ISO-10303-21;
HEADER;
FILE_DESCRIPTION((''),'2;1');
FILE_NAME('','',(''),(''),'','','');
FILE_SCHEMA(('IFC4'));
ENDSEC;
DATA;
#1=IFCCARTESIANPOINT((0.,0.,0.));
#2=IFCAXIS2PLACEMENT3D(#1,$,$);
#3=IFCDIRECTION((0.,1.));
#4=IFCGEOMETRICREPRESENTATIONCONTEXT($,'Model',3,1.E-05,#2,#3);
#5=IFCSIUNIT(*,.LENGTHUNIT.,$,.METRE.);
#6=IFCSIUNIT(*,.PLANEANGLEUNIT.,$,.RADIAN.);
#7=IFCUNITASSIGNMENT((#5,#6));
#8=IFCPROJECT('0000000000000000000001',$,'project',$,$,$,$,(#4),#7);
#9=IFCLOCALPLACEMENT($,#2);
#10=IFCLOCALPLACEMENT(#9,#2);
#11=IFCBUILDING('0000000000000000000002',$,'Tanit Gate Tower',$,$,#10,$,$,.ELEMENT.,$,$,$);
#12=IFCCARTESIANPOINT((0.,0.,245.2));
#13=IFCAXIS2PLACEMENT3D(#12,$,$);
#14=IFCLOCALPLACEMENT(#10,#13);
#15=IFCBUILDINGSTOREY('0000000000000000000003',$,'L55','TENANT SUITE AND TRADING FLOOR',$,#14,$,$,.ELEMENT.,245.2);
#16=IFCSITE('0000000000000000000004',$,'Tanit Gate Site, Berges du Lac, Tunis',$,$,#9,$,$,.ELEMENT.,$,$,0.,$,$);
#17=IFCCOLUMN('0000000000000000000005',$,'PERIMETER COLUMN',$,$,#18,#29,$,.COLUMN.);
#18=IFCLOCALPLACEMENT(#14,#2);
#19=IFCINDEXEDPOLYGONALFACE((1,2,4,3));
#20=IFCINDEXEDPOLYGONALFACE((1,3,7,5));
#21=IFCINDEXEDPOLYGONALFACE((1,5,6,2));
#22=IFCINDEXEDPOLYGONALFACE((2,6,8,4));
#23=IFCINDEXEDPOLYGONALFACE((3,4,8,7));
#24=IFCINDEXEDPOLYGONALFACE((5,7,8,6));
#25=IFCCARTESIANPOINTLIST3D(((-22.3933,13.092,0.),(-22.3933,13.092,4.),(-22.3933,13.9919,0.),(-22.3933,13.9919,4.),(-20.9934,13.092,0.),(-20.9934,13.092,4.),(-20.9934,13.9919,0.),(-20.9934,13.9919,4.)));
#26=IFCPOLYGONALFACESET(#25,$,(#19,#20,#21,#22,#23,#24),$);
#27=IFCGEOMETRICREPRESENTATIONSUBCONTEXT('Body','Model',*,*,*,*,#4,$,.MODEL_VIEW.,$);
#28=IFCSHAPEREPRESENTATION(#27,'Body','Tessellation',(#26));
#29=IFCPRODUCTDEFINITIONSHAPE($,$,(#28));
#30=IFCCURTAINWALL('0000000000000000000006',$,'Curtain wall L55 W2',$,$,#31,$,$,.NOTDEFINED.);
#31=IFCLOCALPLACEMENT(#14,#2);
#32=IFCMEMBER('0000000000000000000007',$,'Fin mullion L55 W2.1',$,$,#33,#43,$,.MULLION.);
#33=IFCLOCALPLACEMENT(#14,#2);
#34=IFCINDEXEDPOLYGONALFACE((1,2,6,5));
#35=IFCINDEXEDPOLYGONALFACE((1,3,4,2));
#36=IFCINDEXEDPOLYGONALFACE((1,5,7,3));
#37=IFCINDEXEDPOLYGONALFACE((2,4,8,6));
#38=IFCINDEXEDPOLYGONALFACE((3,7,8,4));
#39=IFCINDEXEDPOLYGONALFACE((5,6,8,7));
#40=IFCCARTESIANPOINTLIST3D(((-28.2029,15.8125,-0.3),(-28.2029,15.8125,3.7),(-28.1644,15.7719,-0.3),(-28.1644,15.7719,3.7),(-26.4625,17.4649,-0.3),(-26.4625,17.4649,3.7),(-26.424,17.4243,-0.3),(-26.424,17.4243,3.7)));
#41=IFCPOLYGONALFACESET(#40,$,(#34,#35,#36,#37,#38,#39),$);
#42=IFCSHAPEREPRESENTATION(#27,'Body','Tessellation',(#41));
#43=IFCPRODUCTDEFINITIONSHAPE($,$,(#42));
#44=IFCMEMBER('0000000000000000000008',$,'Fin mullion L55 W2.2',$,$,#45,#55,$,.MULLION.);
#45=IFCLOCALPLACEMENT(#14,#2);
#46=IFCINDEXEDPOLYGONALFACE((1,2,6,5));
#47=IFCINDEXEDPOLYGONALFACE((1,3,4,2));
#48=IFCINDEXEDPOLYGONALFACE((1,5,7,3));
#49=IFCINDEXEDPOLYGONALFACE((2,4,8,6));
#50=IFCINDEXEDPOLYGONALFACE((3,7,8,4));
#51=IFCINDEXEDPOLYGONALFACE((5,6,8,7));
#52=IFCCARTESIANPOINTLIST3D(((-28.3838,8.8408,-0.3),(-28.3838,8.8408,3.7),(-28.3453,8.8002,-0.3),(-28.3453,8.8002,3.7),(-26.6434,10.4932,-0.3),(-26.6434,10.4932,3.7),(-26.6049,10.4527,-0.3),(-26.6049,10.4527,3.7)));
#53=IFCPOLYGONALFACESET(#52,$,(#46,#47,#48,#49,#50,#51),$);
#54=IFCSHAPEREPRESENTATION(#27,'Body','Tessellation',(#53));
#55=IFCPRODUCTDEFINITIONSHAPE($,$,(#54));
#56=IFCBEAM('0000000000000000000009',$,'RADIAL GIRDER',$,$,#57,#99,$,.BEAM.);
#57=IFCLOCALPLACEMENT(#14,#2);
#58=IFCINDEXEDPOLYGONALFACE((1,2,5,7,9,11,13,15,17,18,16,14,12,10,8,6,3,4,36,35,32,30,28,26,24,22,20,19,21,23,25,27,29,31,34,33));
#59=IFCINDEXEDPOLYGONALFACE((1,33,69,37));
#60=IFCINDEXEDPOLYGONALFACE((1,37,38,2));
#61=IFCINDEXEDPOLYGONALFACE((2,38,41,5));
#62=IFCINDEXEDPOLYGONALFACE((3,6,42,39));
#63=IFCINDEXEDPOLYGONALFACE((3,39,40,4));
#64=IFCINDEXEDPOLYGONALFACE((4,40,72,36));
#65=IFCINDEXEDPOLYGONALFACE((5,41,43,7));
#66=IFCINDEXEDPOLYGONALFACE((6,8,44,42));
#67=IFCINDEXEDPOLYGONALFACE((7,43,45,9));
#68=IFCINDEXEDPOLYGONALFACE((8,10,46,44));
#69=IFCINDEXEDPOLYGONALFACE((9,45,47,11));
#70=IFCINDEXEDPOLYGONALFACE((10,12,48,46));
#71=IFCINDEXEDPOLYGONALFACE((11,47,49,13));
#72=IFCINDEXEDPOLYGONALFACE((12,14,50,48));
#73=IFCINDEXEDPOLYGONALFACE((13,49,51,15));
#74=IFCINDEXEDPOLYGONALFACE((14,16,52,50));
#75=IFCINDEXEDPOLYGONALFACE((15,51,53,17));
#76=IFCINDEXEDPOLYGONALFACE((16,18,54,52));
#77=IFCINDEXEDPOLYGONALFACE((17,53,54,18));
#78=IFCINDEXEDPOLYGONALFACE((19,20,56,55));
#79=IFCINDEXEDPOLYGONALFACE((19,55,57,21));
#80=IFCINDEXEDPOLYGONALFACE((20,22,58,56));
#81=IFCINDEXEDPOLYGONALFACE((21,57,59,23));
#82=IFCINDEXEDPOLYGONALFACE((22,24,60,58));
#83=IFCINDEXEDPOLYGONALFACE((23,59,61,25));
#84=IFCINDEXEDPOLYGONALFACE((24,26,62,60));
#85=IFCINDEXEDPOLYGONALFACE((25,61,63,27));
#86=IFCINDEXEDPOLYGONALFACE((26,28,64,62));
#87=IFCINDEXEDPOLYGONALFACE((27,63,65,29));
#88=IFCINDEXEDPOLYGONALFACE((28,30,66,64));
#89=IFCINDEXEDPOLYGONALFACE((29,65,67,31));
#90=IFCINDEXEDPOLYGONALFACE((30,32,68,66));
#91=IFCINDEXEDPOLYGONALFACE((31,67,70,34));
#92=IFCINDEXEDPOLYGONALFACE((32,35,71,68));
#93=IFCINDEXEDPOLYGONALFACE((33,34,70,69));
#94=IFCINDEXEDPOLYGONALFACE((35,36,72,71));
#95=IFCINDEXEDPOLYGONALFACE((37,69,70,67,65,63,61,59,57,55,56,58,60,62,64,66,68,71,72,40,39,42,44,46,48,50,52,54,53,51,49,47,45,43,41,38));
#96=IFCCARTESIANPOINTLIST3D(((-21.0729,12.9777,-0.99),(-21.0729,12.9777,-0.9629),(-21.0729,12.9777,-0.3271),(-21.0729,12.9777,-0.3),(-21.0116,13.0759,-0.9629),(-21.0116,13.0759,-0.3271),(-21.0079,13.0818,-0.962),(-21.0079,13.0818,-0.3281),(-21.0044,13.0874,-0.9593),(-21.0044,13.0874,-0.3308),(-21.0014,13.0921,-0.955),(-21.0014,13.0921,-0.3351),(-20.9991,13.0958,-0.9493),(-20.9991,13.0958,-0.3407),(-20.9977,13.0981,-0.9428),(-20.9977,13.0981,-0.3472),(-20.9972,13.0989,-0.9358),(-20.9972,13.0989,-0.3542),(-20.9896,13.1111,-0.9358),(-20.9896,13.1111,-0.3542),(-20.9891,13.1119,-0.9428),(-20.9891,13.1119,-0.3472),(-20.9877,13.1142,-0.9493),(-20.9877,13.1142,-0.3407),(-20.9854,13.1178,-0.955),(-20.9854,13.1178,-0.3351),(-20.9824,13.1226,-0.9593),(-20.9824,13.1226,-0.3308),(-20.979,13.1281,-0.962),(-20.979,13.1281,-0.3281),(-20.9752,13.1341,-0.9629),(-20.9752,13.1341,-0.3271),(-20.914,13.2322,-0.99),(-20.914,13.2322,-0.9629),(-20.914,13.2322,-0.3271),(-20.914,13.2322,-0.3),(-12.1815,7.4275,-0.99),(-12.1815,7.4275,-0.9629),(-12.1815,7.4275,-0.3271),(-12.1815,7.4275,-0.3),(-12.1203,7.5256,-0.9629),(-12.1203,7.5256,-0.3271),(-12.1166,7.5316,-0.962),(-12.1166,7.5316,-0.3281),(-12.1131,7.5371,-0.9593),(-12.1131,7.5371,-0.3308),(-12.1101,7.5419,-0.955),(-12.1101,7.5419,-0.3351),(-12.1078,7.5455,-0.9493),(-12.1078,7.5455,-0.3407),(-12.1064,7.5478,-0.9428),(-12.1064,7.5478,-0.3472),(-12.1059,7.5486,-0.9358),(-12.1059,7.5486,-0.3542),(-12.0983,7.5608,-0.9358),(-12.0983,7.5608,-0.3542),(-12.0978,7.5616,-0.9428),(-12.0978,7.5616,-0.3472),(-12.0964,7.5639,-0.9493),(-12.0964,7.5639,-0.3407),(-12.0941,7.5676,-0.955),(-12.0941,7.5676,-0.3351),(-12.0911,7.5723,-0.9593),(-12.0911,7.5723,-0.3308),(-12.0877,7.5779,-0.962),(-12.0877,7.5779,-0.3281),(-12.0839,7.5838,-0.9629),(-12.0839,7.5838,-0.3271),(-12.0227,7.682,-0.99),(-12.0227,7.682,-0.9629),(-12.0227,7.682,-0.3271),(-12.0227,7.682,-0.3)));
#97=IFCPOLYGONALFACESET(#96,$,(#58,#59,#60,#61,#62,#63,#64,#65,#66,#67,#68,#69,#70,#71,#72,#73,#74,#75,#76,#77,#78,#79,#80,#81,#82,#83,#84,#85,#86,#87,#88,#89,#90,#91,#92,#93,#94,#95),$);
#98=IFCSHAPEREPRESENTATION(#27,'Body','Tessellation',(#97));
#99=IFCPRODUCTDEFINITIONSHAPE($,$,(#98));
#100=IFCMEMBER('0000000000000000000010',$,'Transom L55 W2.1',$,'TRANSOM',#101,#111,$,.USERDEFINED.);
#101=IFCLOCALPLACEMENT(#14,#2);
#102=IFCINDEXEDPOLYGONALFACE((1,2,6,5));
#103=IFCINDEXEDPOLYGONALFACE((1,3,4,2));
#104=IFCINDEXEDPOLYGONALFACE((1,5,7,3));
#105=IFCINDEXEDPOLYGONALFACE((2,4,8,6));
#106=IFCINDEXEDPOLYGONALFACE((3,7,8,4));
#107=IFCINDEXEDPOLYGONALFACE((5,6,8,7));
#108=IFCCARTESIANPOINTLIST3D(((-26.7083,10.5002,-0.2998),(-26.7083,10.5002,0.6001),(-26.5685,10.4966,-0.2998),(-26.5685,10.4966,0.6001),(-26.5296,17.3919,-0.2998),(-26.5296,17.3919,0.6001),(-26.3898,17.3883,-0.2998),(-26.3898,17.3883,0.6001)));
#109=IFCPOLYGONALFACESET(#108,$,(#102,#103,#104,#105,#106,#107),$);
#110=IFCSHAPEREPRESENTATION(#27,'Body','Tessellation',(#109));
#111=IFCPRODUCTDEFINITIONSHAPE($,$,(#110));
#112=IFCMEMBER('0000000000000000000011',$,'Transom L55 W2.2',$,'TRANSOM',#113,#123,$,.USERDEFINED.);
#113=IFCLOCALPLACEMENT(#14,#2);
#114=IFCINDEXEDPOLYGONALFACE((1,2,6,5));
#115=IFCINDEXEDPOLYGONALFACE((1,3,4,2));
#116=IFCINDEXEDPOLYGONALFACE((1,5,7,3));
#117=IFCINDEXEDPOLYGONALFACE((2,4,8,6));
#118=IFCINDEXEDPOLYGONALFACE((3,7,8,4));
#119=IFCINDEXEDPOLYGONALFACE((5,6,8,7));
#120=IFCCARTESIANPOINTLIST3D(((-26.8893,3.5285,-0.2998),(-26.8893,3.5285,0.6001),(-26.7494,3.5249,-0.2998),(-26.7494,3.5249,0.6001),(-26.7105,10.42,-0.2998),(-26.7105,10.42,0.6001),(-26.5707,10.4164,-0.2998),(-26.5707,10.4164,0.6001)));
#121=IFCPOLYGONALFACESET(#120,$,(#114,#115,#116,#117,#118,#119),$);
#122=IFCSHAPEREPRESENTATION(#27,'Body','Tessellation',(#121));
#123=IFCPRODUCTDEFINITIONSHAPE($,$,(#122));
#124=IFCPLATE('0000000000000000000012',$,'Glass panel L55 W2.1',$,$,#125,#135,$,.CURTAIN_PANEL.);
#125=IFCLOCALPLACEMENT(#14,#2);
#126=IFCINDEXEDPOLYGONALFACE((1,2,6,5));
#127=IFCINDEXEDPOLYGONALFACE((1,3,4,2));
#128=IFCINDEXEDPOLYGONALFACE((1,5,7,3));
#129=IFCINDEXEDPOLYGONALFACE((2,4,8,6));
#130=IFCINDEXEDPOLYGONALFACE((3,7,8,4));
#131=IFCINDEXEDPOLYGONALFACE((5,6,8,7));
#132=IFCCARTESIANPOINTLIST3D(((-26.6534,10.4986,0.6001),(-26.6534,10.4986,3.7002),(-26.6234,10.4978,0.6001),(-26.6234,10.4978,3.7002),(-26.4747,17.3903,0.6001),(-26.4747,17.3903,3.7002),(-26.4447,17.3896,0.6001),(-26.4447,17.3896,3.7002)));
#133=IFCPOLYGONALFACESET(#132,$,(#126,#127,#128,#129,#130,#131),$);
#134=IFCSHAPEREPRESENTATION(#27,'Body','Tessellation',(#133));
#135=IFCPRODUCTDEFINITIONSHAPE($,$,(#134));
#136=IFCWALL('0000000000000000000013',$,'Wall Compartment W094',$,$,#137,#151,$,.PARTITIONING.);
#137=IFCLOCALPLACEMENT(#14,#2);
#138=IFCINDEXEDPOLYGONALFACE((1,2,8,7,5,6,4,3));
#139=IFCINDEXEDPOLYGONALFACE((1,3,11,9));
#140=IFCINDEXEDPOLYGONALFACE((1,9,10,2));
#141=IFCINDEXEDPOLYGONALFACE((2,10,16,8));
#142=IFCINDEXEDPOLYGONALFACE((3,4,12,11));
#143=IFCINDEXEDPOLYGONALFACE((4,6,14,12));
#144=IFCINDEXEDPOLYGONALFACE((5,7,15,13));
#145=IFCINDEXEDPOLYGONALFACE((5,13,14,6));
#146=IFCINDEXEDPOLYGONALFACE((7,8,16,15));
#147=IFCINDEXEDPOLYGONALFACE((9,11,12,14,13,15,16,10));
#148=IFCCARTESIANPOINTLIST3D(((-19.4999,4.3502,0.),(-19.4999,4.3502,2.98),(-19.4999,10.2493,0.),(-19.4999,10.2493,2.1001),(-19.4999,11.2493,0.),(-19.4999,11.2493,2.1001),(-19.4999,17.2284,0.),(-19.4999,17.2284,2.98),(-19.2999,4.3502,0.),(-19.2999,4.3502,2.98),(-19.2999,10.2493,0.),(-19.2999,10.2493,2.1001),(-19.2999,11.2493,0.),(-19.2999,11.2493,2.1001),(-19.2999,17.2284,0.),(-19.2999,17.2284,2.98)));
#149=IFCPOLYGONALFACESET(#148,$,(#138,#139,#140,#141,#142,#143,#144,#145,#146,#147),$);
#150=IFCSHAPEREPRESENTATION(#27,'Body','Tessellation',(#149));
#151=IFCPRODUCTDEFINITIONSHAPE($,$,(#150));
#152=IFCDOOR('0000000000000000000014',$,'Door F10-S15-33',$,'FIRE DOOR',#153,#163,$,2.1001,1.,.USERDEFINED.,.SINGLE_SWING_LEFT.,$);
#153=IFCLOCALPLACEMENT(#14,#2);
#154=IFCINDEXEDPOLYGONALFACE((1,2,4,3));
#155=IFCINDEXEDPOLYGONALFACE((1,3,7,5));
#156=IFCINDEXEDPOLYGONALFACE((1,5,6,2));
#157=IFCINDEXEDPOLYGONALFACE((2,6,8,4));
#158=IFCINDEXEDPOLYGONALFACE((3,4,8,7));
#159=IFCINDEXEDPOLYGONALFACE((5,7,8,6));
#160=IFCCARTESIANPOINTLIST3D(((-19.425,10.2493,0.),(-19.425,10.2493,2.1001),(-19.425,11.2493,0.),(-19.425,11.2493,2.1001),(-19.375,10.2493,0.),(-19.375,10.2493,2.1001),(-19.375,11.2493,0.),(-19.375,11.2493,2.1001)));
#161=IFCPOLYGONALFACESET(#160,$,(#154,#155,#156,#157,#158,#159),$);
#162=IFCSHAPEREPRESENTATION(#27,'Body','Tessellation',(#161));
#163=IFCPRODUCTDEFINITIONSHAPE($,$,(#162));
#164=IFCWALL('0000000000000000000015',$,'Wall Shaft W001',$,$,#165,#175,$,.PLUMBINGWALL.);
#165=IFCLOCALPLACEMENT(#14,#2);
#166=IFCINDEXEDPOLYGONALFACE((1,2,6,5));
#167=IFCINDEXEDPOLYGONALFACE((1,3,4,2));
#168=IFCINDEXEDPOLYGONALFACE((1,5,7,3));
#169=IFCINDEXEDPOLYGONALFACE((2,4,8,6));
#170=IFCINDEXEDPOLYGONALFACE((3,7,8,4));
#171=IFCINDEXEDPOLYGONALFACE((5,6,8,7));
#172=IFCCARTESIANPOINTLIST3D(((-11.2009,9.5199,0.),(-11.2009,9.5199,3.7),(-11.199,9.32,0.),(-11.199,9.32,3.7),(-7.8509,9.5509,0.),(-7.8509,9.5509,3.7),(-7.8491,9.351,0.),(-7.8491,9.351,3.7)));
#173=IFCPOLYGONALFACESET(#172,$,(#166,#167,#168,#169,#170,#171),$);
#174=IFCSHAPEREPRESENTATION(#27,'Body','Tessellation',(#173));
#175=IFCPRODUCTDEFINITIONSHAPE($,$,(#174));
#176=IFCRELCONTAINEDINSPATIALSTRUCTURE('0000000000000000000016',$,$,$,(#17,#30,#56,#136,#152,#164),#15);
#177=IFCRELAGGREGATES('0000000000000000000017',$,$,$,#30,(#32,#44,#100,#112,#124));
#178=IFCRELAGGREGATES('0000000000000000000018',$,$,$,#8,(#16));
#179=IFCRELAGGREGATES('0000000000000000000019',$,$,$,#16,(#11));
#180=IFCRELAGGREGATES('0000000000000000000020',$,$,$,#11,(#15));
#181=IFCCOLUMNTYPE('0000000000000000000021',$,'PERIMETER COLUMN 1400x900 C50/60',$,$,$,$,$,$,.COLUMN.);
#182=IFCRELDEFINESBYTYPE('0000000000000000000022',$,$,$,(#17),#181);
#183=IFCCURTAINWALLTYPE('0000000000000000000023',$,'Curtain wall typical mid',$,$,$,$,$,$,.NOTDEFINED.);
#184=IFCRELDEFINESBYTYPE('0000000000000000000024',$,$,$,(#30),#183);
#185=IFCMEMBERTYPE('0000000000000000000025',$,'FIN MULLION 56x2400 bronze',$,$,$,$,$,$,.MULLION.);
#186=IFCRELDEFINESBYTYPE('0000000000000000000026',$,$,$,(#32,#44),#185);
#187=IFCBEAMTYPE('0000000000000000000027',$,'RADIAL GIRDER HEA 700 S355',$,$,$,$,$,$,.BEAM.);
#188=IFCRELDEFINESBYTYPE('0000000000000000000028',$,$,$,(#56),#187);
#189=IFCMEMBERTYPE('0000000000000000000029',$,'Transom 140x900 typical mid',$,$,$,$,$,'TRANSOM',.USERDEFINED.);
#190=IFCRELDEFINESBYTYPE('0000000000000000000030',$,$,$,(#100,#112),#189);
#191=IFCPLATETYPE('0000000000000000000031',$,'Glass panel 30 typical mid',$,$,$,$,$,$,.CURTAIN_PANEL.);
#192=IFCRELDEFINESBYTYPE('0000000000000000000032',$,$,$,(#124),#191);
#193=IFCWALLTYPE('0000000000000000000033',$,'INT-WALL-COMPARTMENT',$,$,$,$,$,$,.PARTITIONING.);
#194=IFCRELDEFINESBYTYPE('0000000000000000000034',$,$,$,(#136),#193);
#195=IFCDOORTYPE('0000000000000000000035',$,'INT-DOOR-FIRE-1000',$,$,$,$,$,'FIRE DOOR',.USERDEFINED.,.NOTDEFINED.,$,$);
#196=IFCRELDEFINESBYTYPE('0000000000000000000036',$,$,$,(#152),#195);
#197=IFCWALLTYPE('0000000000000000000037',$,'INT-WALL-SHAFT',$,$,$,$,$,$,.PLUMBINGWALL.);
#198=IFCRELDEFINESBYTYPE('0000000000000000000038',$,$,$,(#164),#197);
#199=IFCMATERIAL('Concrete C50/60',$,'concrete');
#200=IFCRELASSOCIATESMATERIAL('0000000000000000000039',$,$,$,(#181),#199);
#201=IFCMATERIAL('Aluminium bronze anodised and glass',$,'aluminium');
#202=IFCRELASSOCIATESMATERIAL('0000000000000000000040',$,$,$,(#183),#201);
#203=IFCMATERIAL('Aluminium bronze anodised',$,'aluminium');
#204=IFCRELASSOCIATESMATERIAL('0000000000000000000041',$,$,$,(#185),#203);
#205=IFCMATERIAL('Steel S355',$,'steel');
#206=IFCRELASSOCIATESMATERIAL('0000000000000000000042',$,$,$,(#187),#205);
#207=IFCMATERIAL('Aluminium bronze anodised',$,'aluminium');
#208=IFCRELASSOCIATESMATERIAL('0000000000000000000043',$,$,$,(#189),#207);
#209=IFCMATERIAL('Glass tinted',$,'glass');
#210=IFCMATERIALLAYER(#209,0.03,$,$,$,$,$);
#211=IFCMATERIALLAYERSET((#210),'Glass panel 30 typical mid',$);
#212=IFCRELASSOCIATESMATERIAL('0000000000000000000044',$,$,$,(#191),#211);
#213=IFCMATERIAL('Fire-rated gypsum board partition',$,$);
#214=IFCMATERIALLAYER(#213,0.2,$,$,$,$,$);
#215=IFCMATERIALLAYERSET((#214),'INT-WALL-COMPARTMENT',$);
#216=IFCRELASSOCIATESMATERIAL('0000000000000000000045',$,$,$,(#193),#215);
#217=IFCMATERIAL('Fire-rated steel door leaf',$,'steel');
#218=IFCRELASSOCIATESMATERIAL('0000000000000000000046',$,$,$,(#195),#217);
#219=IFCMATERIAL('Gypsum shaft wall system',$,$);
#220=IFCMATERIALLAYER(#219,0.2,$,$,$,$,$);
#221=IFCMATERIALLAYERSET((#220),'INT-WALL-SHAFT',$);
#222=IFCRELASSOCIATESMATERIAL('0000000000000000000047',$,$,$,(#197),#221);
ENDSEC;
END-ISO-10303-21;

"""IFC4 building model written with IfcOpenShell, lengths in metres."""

from ifc_helpers import new_model, si_unit, direction, frame, frame_2d, origin, origin_2d, place, context, subcontext, project, spatial, rectangle, i_section, extrude, material, layer, layer_set, material_profile, profile_set, type_object, element, fill, aggregate, save


model = new_model("IFC4")

# Units and contexts
model_context = context("Model", 3, precision=1e-05, world=origin(), true_north=direction((0.0, 1.0)))
body_context = subcontext(model_context, "Body", "Model", "MODEL_VIEW")
ifc_project = project(units=[si_unit("LENGTHUNIT", "METRE"), si_unit("PLANEANGLEUNIT", "RADIAN")], contexts=[model_context])

# Site, building, storey
site_placement = place(None, origin())
site = spatial("IfcSite", under=ifc_project, at=site_placement, Name="Tanit Gate Site, Berges du Lac, Tunis", CompositionType="ELEMENT", RefElevation=0.0)
building_placement = place(site_placement, origin())
building = spatial("IfcBuilding", under=site, at=building_placement, Name="Tanit Gate Tower", CompositionType="ELEMENT")
storey_placement = place(building_placement, frame((0.0, 0.0, 245.2)))
storey = spatial("IfcBuildingStorey", under=building, at=storey_placement, Name="L55", Description="TENANT SUITE AND TRADING FLOOR", CompositionType="ELEMENT", Elevation=245.2)

# Column
ifc_material_1 = material(Name="Concrete C50/60", Category="concrete")
ifc_material_profile_1 = material_profile(ifc_material_1, rectangle(XDim=1.3999, YDim=0.8999, at=origin_2d()), Name="RC 1400x900")
ifc_profile_set_1 = profile_set([ifc_material_profile_1], Name="Concrete C50/60")
column_type = type_object("IfcColumnType", Name="PERIMETER COLUMN 1400x900 C50/60", PredefinedType="COLUMN", material=ifc_profile_set_1)
column_placement = place(storey_placement, frame((-21.6934, 13.542, 0.0), z_axis=(0.0, 0.0, 1.0), x_axis=(-1.0, 0.0, 0.0)))
element("IfcColumn", 1, at=column_placement, inside=storey, type_object=column_type, Name="PERIMETER COLUMN", PredefinedType="COLUMN", context=body_context, shape_type="SweptSolid", body=[
    extrude(rectangle(XDim=1.3999, YDim=0.8999, at=origin_2d()), origin(), (0.0, 0.0, 1.0), 4.0),
])

# Curtain wall, members
ifc_material_2 = material(Name="Aluminium bronze anodised and glass", Category="aluminium")
curtain_wall_type = type_object("IfcCurtainWallType", Name="Curtain wall typical mid", PredefinedType="NOTDEFINED", material=ifc_material_2)
curtain_wall_placement = place(storey_placement, origin())
curtain_wall = element("IfcCurtainWall", 2, at=curtain_wall_placement, inside=storey, type_object=curtain_wall_type, Name="Curtain wall L55 W2", PredefinedType="NOTDEFINED")
ifc_material_3 = material(Name="Aluminium bronze anodised", Category="aluminium")
ifc_material_profile_2 = material_profile(ifc_material_3, rectangle(XDim=2.3999, YDim=0.0559, at=origin_2d()), Name="56x2400 bronze fin mullion")
ifc_profile_set_2 = profile_set([ifc_material_profile_2], Name="Aluminium bronze anodised")
member_type_1 = type_object("IfcMemberType", Name="FIN MULLION 56x2400 bronze", PredefinedType="MULLION", material=ifc_profile_set_2)
member_1_placement = place(storey_placement, frame((-27.3135, 16.6184, -0.3), z_axis=(0.0, 0.0, 1.0), x_axis=(0.7252, 0.688538, 0.0)))
member_1 = element("IfcMember", 3, at=member_1_placement, type_object=member_type_1, Name="Fin mullion L55 W2.1", PredefinedType="MULLION", context=body_context, shape_type="SweptSolid", body=[
    extrude(rectangle(XDim=2.3999, YDim=0.0559, at=origin_2d()), origin(), (0.0, 0.0, 1.0), 4.0),
])
member_2_placement = place(storey_placement, frame((-27.4944, 9.6467, -0.3), z_axis=(0.0, 0.0, 1.0), x_axis=(0.7252, 0.688538, 0.0)))
member_2 = element("IfcMember", 4, at=member_2_placement, type_object=member_type_1, Name="Fin mullion L55 W2.2", PredefinedType="MULLION", context=body_context, shape_type="SweptSolid", body=[
    extrude(rectangle(XDim=2.3999, YDim=0.0559, at=origin_2d()), origin(), (0.0, 0.0, 1.0), 4.0),
])

# Beam
ifc_material_4 = material(Name="Steel S355", Category="steel")
ifc_material_profile_3 = material_profile(ifc_material_4, i_section(OverallWidth=0.3, OverallDepth=0.6899, WebThickness=0.0144, FlangeThickness=0.0271, FilletRadius=0.0271, at=origin_2d()), Name="HEA 700")
ifc_profile_set_3 = profile_set([ifc_material_profile_3], Name="Steel S355")
beam_type = type_object("IfcBeamType", Name="RADIAL GIRDER HEA 700 S355", PredefinedType="BEAM", material=ifc_profile_set_3)
beam_placement = place(storey_placement, frame((-20.9934, 13.105, -0.645), z_axis=(0.84829, -0.529532, 0.0), x_axis=(0.529532, 0.84829, 0.0)))
element("IfcBeam", 5, at=beam_placement, inside=storey, type_object=beam_type, Name="RADIAL GIRDER", PredefinedType="BEAM", context=body_context, shape_type="SweptSolid", body=[
    extrude(i_section(OverallWidth=0.3, OverallDepth=0.6899, WebThickness=0.0144, FlangeThickness=0.0271, FilletRadius=0.0271, at=origin_2d()), origin(), (0.0, 0.0, 1.0), 10.4814),
])

# Members
ifc_material_5 = material(Name="Aluminium bronze anodised", Category="aluminium")
ifc_material_profile_4 = material_profile(ifc_material_5, rectangle(XDim=0.1399, YDim=0.8999, at=origin_2d()), Name="140x900 bronze transom")
ifc_profile_set_4 = profile_set([ifc_material_profile_4], Name="Aluminium bronze anodised")
member_type_2 = type_object("IfcMemberType", Name="Transom 140x900 typical mid", ElementType="TRANSOM", PredefinedType="USERDEFINED", material=ifc_profile_set_4)
member_3_placement = place(storey_placement, frame((-26.4597, 17.3901, 0.1501), z_axis=(-0.025922, -0.999664, 0.0), x_axis=(0.999664, -0.025922, 0.0)))
member_3 = element("IfcMember", 6, at=member_3_placement, type_object=member_type_2, Name="Transom L55 W2.1", ObjectType="TRANSOM", PredefinedType="USERDEFINED", context=body_context, shape_type="SweptSolid", body=[
    extrude(rectangle(XDim=0.1399, YDim=0.8999, at=origin_2d()), origin(), (0.0, 0.0, 1.0), 6.894),
])
member_4_placement = place(storey_placement, frame((-26.6406, 10.4182, 0.1501), z_axis=(-0.025923, -0.999664, 0.0), x_axis=(0.999664, -0.025923, 0.0)))
member_4 = element("IfcMember", 7, at=member_4_placement, type_object=member_type_2, Name="Transom L55 W2.2", ObjectType="TRANSOM", PredefinedType="USERDEFINED", context=body_context, shape_type="SweptSolid", body=[
    extrude(rectangle(XDim=0.1399, YDim=0.8999, at=origin_2d()), origin(), (0.0, 0.0, 1.0), 6.8938),
])

# Plate
ifc_material_6 = material(Name="Glass tinted", Category="glass")
ifc_layer_1 = layer(ifc_material_6, 0.03)
ifc_layer_set_1 = layer_set([ifc_layer_1], Name="Glass panel 30 typical mid")
plate_type = type_object("IfcPlateType", Name="Glass panel 30 typical mid", PredefinedType="CURTAIN_PANEL", material=ifc_layer_set_1)
plate_placement = place(storey_placement, frame((-26.5491, 13.9441, 0.6001), z_axis=(0.0, 0.0, 1.0), x_axis=(-0.025924, -0.999664, 0.0)))
plate = element("IfcPlate", 8, at=plate_placement, type_object=plate_type, Name="Glass panel L55 W2.1", PredefinedType="CURTAIN_PANEL", context=body_context, shape_type="SweptSolid", body=[
    extrude(rectangle(XDim=6.894, YDim=0.03, at=origin_2d()), origin(), (0.0, 0.0, 1.0), 3.1001),
])
aggregate(curtain_wall, [member_1, member_2, member_3, member_4, plate])

# Wall, opening, door
ifc_material_7 = material(Name="Fire-rated gypsum board partition")
ifc_layer_2 = layer(ifc_material_7, 0.2)
ifc_layer_set_2 = layer_set([ifc_layer_2], Name="INT-WALL-COMPARTMENT")
wall_type_1 = type_object("IfcWallType", Name="INT-WALL-COMPARTMENT", PredefinedType="PARTITIONING", material=ifc_layer_set_2)
wall_1_placement = place(storey_placement, frame((-19.3999, 17.2283, 0.0), z_axis=(0.0, 0.0, 1.0), x_axis=(0.0, -1.0, 0.0)))
wall_1 = element("IfcWall", 9, at=wall_1_placement, inside=storey, type_object=wall_type_1, Name="Wall Compartment W094", PredefinedType="PARTITIONING", context=body_context, shape_type="SweptSolid", body=[
    extrude(rectangle(XDim=12.8782, YDim=0.2, at=frame_2d((6.439, 0.0))), origin(), (0.0, 0.0, 1.0), 2.98),
])
opening_1_placement = place(wall_1_placement, frame((5.979, 0.0, 0.0)))
opening_1 = element("IfcOpeningElement", 10, at=opening_1_placement, cuts=wall_1, PredefinedType="OPENING", context=body_context, shape_type="SweptSolid", body=[
    extrude(rectangle(XDim=1.0, YDim=2.1001, at=frame_2d((0.5, 1.05))), frame((0.0, 0.1099, 0.0), z_axis=(0.0, -1.0, 0.0), x_axis=(1.0, 0.0, 0.0)), (0.0, 0.0, 1.0), 0.22),
])
ifc_material_8 = material(Name="Fire-rated steel door leaf", Category="steel")
door_type_1 = type_object("IfcDoorType", Name="INT-DOOR-FIRE-1000", ElementType="FIRE DOOR", OperationType="NOTDEFINED", PredefinedType="USERDEFINED", material=ifc_material_8)
door_1_placement = place(opening_1_placement, origin())
door_1 = element("IfcDoor", 11, at=door_1_placement, inside=storey, type_object=door_type_1, Name="Door F10-S15-33", ObjectType="FIRE DOOR", OperationType="SINGLE_SWING_LEFT", OverallHeight=2.1001, OverallWidth=1.0, PredefinedType="USERDEFINED", context=body_context, shape_type="SweptSolid", body=[
    extrude(rectangle(XDim=1.0, YDim=2.1001, at=frame_2d((0.5, 1.05))), frame((0.0, 0.0249, 0.0), z_axis=(0.0, -1.0, 0.0), x_axis=(1.0, 0.0, 0.0)), (0.0, 0.0, 1.0), 0.05),
])
fill(opening_1, door_1)

# Wall
ifc_material_9 = material(Name="Gypsum shaft wall system")
ifc_layer_3 = layer(ifc_material_9, 0.2)
ifc_layer_set_3 = layer_set([ifc_layer_3], Name="INT-WALL-SHAFT")
wall_type_2 = type_object("IfcWallType", Name="INT-WALL-SHAFT", PredefinedType="PLUMBINGWALL", material=ifc_layer_set_3)
wall_2_placement = place(storey_placement, frame((-11.2, 9.4199, 0.0), z_axis=(0.0, 0.0, 1.0), x_axis=(0.999957, 0.009255, 0.0)))
element("IfcWall", 12, at=wall_2_placement, inside=storey, type_object=wall_type_2, Name="Wall Shaft W001", PredefinedType="PLUMBINGWALL", context=body_context, shape_type="SweptSolid", body=[
    extrude(rectangle(XDim=3.3501, YDim=0.2, at=frame_2d((1.675, 0.0))), origin(), (0.0, 0.0, 1.0), 3.7),
])

save(model, "model.ifc")
